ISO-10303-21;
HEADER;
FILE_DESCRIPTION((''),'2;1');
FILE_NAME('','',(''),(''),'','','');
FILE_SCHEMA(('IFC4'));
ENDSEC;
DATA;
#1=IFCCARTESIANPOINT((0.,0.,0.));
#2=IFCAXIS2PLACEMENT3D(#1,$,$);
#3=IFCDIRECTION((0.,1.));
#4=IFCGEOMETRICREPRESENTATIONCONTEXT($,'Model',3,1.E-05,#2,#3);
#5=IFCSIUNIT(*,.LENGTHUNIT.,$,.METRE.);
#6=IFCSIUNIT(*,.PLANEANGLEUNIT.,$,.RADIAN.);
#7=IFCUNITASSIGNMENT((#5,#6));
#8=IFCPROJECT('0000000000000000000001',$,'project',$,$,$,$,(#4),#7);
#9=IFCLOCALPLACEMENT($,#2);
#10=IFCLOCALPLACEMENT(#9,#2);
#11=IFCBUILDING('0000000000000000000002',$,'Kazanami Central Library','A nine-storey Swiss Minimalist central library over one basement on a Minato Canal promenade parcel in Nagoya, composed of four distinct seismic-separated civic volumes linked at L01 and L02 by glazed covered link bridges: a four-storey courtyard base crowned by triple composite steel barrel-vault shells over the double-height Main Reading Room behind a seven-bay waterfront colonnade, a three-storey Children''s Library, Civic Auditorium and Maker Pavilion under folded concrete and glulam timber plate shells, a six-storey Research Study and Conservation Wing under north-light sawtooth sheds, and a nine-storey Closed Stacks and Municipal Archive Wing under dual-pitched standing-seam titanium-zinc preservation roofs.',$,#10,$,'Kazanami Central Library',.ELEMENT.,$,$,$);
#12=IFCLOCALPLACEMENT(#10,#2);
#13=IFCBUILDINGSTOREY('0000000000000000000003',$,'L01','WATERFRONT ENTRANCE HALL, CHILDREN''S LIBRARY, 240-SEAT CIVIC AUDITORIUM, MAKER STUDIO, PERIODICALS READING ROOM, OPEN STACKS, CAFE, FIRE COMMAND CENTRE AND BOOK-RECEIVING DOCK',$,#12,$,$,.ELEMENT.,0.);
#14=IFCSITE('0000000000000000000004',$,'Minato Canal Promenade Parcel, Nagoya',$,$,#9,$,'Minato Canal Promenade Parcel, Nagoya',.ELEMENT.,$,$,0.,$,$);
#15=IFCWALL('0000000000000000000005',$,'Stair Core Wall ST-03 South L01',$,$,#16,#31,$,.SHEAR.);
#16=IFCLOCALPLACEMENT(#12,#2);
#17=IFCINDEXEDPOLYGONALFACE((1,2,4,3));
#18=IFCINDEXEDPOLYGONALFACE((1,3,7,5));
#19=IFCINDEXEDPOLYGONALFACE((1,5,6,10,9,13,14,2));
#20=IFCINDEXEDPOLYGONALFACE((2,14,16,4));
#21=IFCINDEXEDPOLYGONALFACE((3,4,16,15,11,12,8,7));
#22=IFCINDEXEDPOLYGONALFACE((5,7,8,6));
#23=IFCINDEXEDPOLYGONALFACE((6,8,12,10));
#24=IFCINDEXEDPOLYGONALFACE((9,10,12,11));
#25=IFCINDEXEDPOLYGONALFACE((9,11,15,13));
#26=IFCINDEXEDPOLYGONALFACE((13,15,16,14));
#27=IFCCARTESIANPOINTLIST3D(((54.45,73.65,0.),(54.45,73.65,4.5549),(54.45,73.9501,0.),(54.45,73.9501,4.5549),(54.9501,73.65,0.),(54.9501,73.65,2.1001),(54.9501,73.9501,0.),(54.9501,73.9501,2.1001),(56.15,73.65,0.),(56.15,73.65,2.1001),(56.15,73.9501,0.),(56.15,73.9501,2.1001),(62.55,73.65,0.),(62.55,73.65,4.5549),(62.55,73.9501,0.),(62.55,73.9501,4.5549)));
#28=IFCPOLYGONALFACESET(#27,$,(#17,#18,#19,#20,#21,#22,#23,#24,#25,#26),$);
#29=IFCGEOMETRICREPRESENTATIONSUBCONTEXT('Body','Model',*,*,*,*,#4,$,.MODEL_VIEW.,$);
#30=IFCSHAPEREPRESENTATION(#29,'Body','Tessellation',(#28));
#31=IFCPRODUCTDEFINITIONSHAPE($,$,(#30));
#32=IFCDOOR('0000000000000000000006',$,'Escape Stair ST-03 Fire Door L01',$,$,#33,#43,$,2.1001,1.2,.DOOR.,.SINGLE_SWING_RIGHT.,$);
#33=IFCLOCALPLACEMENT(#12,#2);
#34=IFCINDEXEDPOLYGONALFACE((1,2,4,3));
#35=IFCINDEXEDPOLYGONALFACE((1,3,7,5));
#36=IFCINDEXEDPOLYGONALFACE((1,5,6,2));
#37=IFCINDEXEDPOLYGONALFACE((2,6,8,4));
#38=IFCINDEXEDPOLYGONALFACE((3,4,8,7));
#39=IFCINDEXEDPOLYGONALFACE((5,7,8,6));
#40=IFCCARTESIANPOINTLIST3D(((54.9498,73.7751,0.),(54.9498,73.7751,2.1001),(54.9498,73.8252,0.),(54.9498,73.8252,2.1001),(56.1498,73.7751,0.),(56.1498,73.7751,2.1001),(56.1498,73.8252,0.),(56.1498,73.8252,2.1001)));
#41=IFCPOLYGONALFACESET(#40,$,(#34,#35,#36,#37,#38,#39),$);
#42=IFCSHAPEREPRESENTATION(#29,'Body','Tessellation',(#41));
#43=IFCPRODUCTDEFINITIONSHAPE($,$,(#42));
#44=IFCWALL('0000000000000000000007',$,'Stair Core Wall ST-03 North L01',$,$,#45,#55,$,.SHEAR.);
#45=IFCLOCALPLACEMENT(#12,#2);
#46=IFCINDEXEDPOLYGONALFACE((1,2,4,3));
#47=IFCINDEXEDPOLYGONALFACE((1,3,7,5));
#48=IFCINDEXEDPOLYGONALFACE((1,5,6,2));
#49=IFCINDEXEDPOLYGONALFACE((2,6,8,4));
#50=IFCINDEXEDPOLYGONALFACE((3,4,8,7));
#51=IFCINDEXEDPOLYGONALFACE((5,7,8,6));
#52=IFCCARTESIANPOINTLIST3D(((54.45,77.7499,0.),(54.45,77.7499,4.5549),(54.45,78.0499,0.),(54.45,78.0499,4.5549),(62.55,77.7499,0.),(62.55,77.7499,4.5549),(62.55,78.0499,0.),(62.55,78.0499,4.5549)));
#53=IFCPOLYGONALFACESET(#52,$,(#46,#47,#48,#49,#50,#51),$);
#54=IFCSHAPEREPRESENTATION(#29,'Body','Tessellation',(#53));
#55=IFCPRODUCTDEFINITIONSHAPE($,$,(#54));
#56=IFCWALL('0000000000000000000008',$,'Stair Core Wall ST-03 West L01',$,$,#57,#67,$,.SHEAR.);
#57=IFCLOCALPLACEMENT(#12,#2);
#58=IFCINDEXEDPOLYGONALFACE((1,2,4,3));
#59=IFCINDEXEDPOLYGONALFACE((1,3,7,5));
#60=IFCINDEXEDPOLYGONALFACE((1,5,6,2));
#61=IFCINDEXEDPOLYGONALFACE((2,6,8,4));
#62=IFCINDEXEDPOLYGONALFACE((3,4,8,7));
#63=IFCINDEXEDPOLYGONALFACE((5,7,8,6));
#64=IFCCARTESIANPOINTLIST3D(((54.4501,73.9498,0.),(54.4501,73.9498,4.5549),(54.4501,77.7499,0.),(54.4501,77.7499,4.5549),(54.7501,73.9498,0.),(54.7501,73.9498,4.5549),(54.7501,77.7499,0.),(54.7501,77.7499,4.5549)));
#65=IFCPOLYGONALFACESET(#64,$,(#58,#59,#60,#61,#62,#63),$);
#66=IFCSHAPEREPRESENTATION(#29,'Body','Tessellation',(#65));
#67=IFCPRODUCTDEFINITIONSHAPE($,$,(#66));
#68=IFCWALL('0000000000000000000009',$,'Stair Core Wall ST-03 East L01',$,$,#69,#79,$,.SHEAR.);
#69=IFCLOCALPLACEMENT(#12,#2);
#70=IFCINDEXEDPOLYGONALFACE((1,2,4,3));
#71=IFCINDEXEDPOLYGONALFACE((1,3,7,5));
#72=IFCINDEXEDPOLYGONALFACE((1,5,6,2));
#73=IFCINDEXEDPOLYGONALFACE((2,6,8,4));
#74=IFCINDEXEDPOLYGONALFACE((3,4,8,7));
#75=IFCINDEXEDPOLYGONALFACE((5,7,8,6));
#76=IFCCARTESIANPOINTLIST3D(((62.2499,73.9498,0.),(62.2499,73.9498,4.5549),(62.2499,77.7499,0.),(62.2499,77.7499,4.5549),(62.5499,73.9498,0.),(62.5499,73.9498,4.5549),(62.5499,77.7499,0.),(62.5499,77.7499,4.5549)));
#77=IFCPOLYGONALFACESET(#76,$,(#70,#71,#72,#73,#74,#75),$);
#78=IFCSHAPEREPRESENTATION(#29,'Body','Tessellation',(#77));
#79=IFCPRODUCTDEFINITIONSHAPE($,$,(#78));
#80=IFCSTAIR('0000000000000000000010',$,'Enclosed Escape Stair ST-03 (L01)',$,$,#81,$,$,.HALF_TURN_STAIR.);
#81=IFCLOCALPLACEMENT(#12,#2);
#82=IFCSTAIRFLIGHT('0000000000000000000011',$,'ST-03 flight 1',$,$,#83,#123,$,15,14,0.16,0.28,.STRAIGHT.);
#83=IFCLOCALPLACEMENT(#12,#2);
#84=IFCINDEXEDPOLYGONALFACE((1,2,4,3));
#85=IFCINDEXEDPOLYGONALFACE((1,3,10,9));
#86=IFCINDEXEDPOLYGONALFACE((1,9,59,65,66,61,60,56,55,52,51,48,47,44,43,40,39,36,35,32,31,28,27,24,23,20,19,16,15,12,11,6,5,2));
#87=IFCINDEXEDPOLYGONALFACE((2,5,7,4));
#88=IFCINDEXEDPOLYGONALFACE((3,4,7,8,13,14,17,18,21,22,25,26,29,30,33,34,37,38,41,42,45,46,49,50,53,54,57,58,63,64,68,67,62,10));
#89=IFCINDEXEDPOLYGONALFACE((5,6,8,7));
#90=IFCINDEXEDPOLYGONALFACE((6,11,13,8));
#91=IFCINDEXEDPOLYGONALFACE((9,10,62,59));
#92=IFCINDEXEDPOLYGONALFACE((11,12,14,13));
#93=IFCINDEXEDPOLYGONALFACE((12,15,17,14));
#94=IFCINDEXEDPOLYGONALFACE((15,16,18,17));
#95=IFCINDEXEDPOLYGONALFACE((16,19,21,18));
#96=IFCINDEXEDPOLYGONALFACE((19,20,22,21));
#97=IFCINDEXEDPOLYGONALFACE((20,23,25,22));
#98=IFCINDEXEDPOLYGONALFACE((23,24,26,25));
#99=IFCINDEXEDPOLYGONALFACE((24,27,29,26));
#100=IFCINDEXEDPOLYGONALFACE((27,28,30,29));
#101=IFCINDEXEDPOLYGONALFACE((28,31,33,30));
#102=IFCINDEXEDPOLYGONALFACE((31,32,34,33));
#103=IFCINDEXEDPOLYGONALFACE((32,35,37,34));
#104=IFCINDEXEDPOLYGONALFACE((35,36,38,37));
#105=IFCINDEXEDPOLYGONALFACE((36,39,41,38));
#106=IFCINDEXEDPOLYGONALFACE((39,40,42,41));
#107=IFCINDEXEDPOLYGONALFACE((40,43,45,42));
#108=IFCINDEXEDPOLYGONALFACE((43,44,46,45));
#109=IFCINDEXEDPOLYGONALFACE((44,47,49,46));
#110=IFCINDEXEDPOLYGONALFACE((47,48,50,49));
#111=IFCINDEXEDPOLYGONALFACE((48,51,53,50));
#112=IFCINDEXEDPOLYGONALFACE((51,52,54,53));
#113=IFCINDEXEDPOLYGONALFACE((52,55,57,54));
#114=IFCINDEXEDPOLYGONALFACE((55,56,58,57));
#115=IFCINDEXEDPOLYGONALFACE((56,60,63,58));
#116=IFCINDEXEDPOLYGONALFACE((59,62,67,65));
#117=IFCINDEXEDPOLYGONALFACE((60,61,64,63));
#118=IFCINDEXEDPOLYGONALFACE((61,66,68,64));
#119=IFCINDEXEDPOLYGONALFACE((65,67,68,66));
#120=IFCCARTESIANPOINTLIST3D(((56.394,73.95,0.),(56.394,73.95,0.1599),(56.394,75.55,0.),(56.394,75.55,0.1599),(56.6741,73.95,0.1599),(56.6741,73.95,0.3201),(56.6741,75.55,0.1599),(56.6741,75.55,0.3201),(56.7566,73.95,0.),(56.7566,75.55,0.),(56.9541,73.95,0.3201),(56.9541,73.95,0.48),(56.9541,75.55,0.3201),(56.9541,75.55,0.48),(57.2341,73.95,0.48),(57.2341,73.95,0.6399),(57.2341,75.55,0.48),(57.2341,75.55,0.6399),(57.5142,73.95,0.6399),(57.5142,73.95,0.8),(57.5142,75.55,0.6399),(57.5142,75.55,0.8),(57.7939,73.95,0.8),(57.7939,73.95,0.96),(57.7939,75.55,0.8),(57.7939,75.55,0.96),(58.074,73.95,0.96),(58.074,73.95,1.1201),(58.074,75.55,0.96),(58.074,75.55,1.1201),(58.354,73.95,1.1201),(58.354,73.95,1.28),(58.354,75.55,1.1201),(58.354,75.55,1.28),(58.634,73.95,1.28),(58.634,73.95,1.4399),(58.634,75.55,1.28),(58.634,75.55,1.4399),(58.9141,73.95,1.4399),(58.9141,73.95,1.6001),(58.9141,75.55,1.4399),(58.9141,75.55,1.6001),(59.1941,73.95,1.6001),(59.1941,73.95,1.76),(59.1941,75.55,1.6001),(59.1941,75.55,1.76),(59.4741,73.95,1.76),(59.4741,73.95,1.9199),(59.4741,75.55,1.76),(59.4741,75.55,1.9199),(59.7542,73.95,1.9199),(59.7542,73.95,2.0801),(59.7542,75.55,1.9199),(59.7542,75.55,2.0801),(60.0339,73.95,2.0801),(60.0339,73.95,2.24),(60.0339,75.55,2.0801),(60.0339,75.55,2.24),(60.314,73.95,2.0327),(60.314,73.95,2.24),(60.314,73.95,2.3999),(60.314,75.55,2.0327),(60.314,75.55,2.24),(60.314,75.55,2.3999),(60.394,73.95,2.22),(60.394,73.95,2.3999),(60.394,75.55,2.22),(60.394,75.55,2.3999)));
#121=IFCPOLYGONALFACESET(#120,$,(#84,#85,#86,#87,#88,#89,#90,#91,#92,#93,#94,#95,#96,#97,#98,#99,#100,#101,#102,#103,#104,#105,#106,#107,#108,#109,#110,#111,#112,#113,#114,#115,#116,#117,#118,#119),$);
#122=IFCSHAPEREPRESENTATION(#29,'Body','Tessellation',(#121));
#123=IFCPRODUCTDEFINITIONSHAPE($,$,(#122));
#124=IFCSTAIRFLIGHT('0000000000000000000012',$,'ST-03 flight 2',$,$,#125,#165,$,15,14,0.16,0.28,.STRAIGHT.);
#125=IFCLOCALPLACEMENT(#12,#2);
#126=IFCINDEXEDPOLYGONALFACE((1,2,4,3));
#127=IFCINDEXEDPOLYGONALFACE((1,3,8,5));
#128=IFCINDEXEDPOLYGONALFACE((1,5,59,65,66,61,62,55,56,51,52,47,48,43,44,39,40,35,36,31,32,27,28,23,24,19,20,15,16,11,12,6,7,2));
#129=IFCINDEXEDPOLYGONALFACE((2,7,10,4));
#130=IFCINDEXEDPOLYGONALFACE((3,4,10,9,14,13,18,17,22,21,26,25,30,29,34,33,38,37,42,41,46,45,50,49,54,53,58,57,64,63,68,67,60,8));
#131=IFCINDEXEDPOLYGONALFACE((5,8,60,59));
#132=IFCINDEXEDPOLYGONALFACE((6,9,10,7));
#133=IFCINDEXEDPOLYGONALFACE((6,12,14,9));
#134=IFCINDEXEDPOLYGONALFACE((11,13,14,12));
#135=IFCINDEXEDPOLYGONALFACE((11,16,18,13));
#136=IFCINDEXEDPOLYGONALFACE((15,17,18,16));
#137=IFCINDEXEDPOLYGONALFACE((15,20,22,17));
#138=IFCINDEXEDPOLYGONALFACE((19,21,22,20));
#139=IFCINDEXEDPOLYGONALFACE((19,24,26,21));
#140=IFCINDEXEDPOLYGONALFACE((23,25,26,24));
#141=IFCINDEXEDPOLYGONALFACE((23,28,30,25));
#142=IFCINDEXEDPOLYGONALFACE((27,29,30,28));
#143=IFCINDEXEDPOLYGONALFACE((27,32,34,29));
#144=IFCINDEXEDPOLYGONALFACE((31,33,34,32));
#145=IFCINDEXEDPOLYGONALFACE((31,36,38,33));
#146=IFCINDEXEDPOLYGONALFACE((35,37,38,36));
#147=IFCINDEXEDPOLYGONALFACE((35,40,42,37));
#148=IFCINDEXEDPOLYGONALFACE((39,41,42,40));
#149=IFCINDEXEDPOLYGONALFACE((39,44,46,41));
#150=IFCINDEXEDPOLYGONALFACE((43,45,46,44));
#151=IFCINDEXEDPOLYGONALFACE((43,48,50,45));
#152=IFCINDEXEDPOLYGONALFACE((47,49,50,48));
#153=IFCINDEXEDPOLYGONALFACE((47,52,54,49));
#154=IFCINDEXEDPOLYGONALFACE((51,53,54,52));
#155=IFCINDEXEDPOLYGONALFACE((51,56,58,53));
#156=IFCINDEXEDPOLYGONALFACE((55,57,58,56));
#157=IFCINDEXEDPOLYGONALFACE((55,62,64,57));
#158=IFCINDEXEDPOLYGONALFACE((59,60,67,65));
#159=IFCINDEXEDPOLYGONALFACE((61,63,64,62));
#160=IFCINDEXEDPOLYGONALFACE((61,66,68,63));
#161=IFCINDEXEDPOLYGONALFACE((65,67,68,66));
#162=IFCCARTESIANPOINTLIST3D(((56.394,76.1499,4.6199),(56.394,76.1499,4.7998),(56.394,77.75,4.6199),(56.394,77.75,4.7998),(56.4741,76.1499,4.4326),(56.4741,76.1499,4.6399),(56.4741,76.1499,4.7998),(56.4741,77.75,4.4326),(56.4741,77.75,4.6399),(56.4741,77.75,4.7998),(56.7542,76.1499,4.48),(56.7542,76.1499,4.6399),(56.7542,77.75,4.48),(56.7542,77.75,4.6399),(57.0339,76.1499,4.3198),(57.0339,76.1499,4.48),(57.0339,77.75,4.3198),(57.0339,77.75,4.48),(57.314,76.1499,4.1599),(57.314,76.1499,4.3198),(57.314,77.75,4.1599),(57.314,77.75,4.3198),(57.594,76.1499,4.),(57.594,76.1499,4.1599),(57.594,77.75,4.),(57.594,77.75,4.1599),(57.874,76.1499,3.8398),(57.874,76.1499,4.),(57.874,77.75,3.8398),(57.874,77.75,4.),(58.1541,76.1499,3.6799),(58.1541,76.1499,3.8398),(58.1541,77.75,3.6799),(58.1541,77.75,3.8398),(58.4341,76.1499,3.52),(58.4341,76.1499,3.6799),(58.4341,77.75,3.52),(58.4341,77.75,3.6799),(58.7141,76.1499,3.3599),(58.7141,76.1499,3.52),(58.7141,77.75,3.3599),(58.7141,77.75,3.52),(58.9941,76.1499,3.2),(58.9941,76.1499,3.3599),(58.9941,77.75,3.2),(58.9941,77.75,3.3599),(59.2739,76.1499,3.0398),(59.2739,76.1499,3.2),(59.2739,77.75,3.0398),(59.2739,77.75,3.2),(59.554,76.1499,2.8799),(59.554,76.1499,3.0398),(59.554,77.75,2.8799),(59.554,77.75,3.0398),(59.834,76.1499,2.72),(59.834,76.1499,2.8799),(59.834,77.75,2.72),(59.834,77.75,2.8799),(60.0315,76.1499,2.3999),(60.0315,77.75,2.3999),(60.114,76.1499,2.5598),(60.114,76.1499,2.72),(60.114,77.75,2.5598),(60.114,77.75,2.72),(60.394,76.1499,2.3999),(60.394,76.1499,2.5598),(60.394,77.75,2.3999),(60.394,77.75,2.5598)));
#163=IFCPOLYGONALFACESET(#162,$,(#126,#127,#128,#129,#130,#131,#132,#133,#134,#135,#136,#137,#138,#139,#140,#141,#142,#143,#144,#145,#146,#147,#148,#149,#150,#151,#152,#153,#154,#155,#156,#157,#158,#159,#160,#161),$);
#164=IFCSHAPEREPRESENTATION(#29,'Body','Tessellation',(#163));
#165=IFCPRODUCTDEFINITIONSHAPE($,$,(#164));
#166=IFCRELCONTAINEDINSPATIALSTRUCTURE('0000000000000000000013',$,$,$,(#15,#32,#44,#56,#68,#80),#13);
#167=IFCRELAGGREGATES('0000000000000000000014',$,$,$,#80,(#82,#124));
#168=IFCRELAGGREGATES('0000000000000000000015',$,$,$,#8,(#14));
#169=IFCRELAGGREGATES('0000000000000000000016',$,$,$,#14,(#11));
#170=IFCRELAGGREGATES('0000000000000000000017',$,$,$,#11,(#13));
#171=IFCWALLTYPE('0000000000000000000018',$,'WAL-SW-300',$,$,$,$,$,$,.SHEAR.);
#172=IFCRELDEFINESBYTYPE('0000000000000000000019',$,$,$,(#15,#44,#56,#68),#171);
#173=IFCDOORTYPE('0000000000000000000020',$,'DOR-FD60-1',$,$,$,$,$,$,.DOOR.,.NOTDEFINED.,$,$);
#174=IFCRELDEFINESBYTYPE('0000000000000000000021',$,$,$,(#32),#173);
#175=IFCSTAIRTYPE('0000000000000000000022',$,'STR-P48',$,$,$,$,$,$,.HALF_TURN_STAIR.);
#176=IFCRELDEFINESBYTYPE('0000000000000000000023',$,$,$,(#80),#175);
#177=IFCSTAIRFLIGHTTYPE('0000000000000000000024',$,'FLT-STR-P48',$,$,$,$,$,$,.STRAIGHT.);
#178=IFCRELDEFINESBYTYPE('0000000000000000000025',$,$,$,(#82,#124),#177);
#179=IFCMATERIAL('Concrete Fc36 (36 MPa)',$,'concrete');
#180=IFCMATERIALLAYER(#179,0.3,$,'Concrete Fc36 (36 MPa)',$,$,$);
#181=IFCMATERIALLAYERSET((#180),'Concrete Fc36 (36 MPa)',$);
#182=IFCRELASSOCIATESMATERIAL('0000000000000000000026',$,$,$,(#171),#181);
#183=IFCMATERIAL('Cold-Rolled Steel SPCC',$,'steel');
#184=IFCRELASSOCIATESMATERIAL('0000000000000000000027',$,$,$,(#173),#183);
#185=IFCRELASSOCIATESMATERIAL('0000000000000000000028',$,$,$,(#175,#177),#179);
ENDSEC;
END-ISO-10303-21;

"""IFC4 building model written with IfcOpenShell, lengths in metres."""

from ifc_helpers import new_model, si_unit, direction, frame, frame_2d, origin, place, context, subcontext, project, spatial, polyline, rectangle, outline, extrude, material, layer, layer_set, type_object, element, fill, aggregate, save


model = new_model("IFC4")

# Units and contexts
model_context = context("Model", 3, precision=1e-05, world=origin(), true_north=direction((0.0, 1.0)))
body_context = subcontext(model_context, "Body", "Model", "MODEL_VIEW")
ifc_project = project(units=[si_unit("LENGTHUNIT", "METRE"), si_unit("PLANEANGLEUNIT", "RADIAN")], contexts=[model_context])

# Site, building, storey
site_placement = place(None, origin())
site = spatial("IfcSite", under=ifc_project, at=site_placement, Name="Minato Canal Promenade Parcel, Nagoya", LongName="Minato Canal Promenade Parcel, Nagoya", CompositionType="ELEMENT", RefElevation=0.0)
building_placement = place(site_placement, origin())
building = spatial("IfcBuilding", under=site, at=building_placement, Name="Kazanami Central Library", Description="A nine-storey Swiss Minimalist central library over one basement on a Minato Canal promenade parcel in Nagoya, composed of four distinct seismic-separated civic volumes linked at L01 and L02 by glazed covered link bridges: a four-storey courtyard base crowned by triple composite steel barrel-vault shells over the double-height Main Reading Room behind a seven-bay waterfront colonnade, a three-storey Children's Library, Civic Auditorium and Maker Pavilion under folded concrete and glulam timber plate shells, a six-storey Research Study and Conservation Wing under north-light sawtooth sheds, and a nine-storey Closed Stacks and Municipal Archive Wing under dual-pitched standing-seam titanium-zinc preservation roofs.", LongName="Kazanami Central Library", CompositionType="ELEMENT")
storey_placement = place(building_placement, origin())
storey = spatial("IfcBuildingStorey", under=building, at=storey_placement, Name="L01", Description="WATERFRONT ENTRANCE HALL, CHILDREN'S LIBRARY, 240-SEAT CIVIC AUDITORIUM, MAKER STUDIO, PERIODICALS READING ROOM, OPEN STACKS, CAFE, FIRE COMMAND CENTRE AND BOOK-RECEIVING DOCK", CompositionType="ELEMENT", Elevation=0.0)

# Shared definitions
ifc_material_1 = material(Name="Cold-Rolled Steel SPCC", Category="steel")

# Wall, opening, door
ifc_material_2 = material(Name="Concrete Fc36 (36 MPa)", Category="concrete")
ifc_layer_1 = layer(ifc_material_2, 0.3, Name="Concrete Fc36 (36 MPa)")
ifc_layer_set_1 = layer_set([ifc_layer_1], Name="Concrete Fc36 (36 MPa)")
wall_type_1 = type_object("IfcWallType", Name="WAL-SW-300", PredefinedType="SHEAR", material=ifc_layer_set_1)
wall_1_placement = place(storey_placement, frame((54.45, 73.8, 0.0), z_axis=(0.0, 0.0, 1.0), x_axis=(1.0, 0.0, 0.0)))
wall_1 = element("IfcWall", 1, at=wall_1_placement, inside=storey, type_object=wall_type_1, Name="Stair Core Wall ST-03 South L01", PredefinedType="SHEAR", context=body_context, shape_type="SweptSolid", body=[
    extrude(rectangle(XDim=8.1001, YDim=0.3, at=frame_2d((4.05, 0.0))), origin(), (0.0, 0.0, 1.0), 4.5549),
])
opening_1_placement = place(wall_1_placement, frame((0.5, 0.0, 0.0)))
opening_1 = element("IfcOpeningElement", 2, at=opening_1_placement, cuts=wall_1, PredefinedType="OPENING", context=body_context, shape_type="SweptSolid", body=[
    extrude(rectangle(XDim=1.2, YDim=2.1001, at=frame_2d((0.6001, 1.05))), frame((0.0, 0.1621, 0.0), z_axis=(0.0, -1.0, 0.0), x_axis=(1.0, 0.0, 0.0)), (0.0, 0.0, 1.0), 0.324),
])
door_type_1 = type_object("IfcDoorType", Name="DOR-FD60-1", OperationType="NOTDEFINED", PredefinedType="DOOR", material=ifc_material_1)
door_1_placement = place(opening_1_placement, frame((1.2, 0.0, 0.0), z_axis=(0.0, 0.0, 1.0), x_axis=(-1.0, 0.0, 0.0)))
door_1 = element("IfcDoor", 3, at=door_1_placement, inside=storey, type_object=door_type_1, Name="Escape Stair ST-03 Fire Door L01", OperationType="SINGLE_SWING_RIGHT", OverallHeight=2.1001, OverallWidth=1.2, PredefinedType="DOOR", context=body_context, shape_type="SweptSolid", body=[
    extrude(rectangle(XDim=1.2, YDim=2.1001, at=frame_2d((0.6001, 1.05))), frame((0.0, 0.0249, 0.0), z_axis=(0.0, -1.0, 0.0), x_axis=(1.0, 0.0, 0.0)), (0.0, 0.0, 1.0), 0.05),
])
fill(opening_1, door_1)

# Walls
wall_2_placement = place(storey_placement, frame((54.45, 77.8999, 0.0), z_axis=(0.0, 0.0, 1.0), x_axis=(1.0, 0.0, 0.0)))
element("IfcWall", 4, at=wall_2_placement, inside=storey, type_object=wall_type_1, Name="Stair Core Wall ST-03 North L01", PredefinedType="SHEAR", context=body_context, shape_type="SweptSolid", body=[
    extrude(rectangle(XDim=8.1001, YDim=0.3, at=frame_2d((4.05, 0.0))), origin(), (0.0, 0.0, 1.0), 4.5549),
])
for number, where, z_axis, x_axis, name in (
    (5, (54.6001, 73.95, 0.0), (0.0, 0.0, 1.0), (0.0, 1.0, 0.0), "Stair Core Wall ST-03 West L01"),
    (6, (62.3999, 73.95, 0.0), (0.0, 0.0, 1.0), (0.0, 1.0, 0.0), "Stair Core Wall ST-03 East L01"),
):
    element("IfcWall", number, at=place(storey_placement, frame(where, z_axis=z_axis, x_axis=x_axis)), inside=storey, type_object=wall_type_1, Name=name, PredefinedType="SHEAR", context=body_context, shape_type="SweptSolid", body=[
        extrude(rectangle(XDim=3.8, YDim=0.3, at=frame_2d((1.8999, 0.0))), origin(), (0.0, 0.0, 1.0), 4.5549),
    ])

# Stair, stair flights
stair_type = type_object("IfcStairType", Name="STR-P48", PredefinedType="HALF_TURN_STAIR", material=ifc_material_2)
stair_placement = place(storey_placement, origin())
stair = element("IfcStair", 7, at=stair_placement, inside=storey, type_object=stair_type, Name="Enclosed Escape Stair ST-03 (L01)", PredefinedType="HALF_TURN_STAIR")
stair_flight_type = type_object("IfcStairFlightType", Name="FLT-STR-P48", PredefinedType="STRAIGHT", material=ifc_material_2)
stair_flight_1_placement = place(storey_placement, frame((56.394, 74.75, 0.0), z_axis=(0.0, 0.0, 1.0), x_axis=(1.0, 0.0, 0.0)))
stair_flight_1 = element("IfcStairFlight", 8, at=stair_flight_1_placement, type_object=stair_flight_type, Name="ST-03 flight 1", NumberOfRisers=15, NumberOfTreads=14, PredefinedType="STRAIGHT", RiserHeight=0.16, TreadLength=0.28, context=body_context, shape_type="SweptSolid", body=[
    extrude(outline(polyline([(0.0, 0.0), (0.0, 0.1599), (0.28, 0.1599), (0.28, 0.3201), (0.5601, 0.3201), (0.5601, 0.48), (0.8401, 0.48), (0.8401, 0.6399), (1.1201, 0.6399), (1.1201, 0.8), (1.3999, 0.8), (1.3999, 0.96), (1.6799, 0.96), (1.6799, 1.1201), (1.96, 1.1201), (1.96, 1.28), (2.24, 1.28), (2.24, 1.4399), (2.52, 1.4399), (2.52, 1.6001), (2.8, 1.6001), (2.8, 1.76), (3.0801, 1.76), (3.0801, 1.9199), (3.3601, 1.9199), (3.3601, 2.0801), (3.6399, 2.0801), (3.6399, 2.24), (3.9199, 2.24), (3.9199, 2.3999), (4.0, 2.3999), (4.0, 2.22), (3.9199, 2.0327), (0.3625, 0.0), (0.0, 0.0)])), frame((0.0, 0.8, 0.0), z_axis=(0.0, -1.0, 0.0), x_axis=(1.0, 0.0, 0.0)), (0.0, 0.0, 1.0), 1.6001),
])
stair_flight_2_placement = place(storey_placement, frame((60.394, 76.95, 2.3999), z_axis=(0.0, 0.0, 1.0), x_axis=(-1.0, 0.0, 0.0)))
stair_flight_2 = element("IfcStairFlight", 9, at=stair_flight_2_placement, type_object=stair_flight_type, Name="ST-03 flight 2", NumberOfRisers=15, NumberOfTreads=14, PredefinedType="STRAIGHT", RiserHeight=0.16, TreadLength=0.28, context=body_context, shape_type="SweptSolid", body=[
    extrude(outline(polyline([(0.0, 0.0), (0.0, 0.1599), (0.28, 0.1599), (0.28, 0.3201), (0.5601, 0.3201), (0.5601, 0.48), (0.8401, 0.48), (0.8401, 0.6399), (1.1201, 0.6399), (1.1201, 0.8), (1.3999, 0.8), (1.3999, 0.96), (1.6799, 0.96), (1.6799, 1.1201), (1.96, 1.1201), (1.96, 1.28), (2.24, 1.28), (2.24, 1.4399), (2.52, 1.4399), (2.52, 1.6001), (2.8, 1.6001), (2.8, 1.76), (3.0801, 1.76), (3.0801, 1.9199), (3.3601, 1.9199), (3.3601, 2.0801), (3.6399, 2.0801), (3.6399, 2.24), (3.9199, 2.24), (3.9199, 2.3999), (4.0, 2.3999), (4.0, 2.22), (3.9199, 2.0327), (0.3625, 0.0), (0.0, 0.0)])), frame((0.0, 0.8, 0.0), z_axis=(0.0, -1.0, 0.0), x_axis=(1.0, 0.0, 0.0)), (0.0, 0.0, 1.0), 1.6001),
])
aggregate(stair, [stair_flight_1, stair_flight_2])

save(model, "model.ifc")
